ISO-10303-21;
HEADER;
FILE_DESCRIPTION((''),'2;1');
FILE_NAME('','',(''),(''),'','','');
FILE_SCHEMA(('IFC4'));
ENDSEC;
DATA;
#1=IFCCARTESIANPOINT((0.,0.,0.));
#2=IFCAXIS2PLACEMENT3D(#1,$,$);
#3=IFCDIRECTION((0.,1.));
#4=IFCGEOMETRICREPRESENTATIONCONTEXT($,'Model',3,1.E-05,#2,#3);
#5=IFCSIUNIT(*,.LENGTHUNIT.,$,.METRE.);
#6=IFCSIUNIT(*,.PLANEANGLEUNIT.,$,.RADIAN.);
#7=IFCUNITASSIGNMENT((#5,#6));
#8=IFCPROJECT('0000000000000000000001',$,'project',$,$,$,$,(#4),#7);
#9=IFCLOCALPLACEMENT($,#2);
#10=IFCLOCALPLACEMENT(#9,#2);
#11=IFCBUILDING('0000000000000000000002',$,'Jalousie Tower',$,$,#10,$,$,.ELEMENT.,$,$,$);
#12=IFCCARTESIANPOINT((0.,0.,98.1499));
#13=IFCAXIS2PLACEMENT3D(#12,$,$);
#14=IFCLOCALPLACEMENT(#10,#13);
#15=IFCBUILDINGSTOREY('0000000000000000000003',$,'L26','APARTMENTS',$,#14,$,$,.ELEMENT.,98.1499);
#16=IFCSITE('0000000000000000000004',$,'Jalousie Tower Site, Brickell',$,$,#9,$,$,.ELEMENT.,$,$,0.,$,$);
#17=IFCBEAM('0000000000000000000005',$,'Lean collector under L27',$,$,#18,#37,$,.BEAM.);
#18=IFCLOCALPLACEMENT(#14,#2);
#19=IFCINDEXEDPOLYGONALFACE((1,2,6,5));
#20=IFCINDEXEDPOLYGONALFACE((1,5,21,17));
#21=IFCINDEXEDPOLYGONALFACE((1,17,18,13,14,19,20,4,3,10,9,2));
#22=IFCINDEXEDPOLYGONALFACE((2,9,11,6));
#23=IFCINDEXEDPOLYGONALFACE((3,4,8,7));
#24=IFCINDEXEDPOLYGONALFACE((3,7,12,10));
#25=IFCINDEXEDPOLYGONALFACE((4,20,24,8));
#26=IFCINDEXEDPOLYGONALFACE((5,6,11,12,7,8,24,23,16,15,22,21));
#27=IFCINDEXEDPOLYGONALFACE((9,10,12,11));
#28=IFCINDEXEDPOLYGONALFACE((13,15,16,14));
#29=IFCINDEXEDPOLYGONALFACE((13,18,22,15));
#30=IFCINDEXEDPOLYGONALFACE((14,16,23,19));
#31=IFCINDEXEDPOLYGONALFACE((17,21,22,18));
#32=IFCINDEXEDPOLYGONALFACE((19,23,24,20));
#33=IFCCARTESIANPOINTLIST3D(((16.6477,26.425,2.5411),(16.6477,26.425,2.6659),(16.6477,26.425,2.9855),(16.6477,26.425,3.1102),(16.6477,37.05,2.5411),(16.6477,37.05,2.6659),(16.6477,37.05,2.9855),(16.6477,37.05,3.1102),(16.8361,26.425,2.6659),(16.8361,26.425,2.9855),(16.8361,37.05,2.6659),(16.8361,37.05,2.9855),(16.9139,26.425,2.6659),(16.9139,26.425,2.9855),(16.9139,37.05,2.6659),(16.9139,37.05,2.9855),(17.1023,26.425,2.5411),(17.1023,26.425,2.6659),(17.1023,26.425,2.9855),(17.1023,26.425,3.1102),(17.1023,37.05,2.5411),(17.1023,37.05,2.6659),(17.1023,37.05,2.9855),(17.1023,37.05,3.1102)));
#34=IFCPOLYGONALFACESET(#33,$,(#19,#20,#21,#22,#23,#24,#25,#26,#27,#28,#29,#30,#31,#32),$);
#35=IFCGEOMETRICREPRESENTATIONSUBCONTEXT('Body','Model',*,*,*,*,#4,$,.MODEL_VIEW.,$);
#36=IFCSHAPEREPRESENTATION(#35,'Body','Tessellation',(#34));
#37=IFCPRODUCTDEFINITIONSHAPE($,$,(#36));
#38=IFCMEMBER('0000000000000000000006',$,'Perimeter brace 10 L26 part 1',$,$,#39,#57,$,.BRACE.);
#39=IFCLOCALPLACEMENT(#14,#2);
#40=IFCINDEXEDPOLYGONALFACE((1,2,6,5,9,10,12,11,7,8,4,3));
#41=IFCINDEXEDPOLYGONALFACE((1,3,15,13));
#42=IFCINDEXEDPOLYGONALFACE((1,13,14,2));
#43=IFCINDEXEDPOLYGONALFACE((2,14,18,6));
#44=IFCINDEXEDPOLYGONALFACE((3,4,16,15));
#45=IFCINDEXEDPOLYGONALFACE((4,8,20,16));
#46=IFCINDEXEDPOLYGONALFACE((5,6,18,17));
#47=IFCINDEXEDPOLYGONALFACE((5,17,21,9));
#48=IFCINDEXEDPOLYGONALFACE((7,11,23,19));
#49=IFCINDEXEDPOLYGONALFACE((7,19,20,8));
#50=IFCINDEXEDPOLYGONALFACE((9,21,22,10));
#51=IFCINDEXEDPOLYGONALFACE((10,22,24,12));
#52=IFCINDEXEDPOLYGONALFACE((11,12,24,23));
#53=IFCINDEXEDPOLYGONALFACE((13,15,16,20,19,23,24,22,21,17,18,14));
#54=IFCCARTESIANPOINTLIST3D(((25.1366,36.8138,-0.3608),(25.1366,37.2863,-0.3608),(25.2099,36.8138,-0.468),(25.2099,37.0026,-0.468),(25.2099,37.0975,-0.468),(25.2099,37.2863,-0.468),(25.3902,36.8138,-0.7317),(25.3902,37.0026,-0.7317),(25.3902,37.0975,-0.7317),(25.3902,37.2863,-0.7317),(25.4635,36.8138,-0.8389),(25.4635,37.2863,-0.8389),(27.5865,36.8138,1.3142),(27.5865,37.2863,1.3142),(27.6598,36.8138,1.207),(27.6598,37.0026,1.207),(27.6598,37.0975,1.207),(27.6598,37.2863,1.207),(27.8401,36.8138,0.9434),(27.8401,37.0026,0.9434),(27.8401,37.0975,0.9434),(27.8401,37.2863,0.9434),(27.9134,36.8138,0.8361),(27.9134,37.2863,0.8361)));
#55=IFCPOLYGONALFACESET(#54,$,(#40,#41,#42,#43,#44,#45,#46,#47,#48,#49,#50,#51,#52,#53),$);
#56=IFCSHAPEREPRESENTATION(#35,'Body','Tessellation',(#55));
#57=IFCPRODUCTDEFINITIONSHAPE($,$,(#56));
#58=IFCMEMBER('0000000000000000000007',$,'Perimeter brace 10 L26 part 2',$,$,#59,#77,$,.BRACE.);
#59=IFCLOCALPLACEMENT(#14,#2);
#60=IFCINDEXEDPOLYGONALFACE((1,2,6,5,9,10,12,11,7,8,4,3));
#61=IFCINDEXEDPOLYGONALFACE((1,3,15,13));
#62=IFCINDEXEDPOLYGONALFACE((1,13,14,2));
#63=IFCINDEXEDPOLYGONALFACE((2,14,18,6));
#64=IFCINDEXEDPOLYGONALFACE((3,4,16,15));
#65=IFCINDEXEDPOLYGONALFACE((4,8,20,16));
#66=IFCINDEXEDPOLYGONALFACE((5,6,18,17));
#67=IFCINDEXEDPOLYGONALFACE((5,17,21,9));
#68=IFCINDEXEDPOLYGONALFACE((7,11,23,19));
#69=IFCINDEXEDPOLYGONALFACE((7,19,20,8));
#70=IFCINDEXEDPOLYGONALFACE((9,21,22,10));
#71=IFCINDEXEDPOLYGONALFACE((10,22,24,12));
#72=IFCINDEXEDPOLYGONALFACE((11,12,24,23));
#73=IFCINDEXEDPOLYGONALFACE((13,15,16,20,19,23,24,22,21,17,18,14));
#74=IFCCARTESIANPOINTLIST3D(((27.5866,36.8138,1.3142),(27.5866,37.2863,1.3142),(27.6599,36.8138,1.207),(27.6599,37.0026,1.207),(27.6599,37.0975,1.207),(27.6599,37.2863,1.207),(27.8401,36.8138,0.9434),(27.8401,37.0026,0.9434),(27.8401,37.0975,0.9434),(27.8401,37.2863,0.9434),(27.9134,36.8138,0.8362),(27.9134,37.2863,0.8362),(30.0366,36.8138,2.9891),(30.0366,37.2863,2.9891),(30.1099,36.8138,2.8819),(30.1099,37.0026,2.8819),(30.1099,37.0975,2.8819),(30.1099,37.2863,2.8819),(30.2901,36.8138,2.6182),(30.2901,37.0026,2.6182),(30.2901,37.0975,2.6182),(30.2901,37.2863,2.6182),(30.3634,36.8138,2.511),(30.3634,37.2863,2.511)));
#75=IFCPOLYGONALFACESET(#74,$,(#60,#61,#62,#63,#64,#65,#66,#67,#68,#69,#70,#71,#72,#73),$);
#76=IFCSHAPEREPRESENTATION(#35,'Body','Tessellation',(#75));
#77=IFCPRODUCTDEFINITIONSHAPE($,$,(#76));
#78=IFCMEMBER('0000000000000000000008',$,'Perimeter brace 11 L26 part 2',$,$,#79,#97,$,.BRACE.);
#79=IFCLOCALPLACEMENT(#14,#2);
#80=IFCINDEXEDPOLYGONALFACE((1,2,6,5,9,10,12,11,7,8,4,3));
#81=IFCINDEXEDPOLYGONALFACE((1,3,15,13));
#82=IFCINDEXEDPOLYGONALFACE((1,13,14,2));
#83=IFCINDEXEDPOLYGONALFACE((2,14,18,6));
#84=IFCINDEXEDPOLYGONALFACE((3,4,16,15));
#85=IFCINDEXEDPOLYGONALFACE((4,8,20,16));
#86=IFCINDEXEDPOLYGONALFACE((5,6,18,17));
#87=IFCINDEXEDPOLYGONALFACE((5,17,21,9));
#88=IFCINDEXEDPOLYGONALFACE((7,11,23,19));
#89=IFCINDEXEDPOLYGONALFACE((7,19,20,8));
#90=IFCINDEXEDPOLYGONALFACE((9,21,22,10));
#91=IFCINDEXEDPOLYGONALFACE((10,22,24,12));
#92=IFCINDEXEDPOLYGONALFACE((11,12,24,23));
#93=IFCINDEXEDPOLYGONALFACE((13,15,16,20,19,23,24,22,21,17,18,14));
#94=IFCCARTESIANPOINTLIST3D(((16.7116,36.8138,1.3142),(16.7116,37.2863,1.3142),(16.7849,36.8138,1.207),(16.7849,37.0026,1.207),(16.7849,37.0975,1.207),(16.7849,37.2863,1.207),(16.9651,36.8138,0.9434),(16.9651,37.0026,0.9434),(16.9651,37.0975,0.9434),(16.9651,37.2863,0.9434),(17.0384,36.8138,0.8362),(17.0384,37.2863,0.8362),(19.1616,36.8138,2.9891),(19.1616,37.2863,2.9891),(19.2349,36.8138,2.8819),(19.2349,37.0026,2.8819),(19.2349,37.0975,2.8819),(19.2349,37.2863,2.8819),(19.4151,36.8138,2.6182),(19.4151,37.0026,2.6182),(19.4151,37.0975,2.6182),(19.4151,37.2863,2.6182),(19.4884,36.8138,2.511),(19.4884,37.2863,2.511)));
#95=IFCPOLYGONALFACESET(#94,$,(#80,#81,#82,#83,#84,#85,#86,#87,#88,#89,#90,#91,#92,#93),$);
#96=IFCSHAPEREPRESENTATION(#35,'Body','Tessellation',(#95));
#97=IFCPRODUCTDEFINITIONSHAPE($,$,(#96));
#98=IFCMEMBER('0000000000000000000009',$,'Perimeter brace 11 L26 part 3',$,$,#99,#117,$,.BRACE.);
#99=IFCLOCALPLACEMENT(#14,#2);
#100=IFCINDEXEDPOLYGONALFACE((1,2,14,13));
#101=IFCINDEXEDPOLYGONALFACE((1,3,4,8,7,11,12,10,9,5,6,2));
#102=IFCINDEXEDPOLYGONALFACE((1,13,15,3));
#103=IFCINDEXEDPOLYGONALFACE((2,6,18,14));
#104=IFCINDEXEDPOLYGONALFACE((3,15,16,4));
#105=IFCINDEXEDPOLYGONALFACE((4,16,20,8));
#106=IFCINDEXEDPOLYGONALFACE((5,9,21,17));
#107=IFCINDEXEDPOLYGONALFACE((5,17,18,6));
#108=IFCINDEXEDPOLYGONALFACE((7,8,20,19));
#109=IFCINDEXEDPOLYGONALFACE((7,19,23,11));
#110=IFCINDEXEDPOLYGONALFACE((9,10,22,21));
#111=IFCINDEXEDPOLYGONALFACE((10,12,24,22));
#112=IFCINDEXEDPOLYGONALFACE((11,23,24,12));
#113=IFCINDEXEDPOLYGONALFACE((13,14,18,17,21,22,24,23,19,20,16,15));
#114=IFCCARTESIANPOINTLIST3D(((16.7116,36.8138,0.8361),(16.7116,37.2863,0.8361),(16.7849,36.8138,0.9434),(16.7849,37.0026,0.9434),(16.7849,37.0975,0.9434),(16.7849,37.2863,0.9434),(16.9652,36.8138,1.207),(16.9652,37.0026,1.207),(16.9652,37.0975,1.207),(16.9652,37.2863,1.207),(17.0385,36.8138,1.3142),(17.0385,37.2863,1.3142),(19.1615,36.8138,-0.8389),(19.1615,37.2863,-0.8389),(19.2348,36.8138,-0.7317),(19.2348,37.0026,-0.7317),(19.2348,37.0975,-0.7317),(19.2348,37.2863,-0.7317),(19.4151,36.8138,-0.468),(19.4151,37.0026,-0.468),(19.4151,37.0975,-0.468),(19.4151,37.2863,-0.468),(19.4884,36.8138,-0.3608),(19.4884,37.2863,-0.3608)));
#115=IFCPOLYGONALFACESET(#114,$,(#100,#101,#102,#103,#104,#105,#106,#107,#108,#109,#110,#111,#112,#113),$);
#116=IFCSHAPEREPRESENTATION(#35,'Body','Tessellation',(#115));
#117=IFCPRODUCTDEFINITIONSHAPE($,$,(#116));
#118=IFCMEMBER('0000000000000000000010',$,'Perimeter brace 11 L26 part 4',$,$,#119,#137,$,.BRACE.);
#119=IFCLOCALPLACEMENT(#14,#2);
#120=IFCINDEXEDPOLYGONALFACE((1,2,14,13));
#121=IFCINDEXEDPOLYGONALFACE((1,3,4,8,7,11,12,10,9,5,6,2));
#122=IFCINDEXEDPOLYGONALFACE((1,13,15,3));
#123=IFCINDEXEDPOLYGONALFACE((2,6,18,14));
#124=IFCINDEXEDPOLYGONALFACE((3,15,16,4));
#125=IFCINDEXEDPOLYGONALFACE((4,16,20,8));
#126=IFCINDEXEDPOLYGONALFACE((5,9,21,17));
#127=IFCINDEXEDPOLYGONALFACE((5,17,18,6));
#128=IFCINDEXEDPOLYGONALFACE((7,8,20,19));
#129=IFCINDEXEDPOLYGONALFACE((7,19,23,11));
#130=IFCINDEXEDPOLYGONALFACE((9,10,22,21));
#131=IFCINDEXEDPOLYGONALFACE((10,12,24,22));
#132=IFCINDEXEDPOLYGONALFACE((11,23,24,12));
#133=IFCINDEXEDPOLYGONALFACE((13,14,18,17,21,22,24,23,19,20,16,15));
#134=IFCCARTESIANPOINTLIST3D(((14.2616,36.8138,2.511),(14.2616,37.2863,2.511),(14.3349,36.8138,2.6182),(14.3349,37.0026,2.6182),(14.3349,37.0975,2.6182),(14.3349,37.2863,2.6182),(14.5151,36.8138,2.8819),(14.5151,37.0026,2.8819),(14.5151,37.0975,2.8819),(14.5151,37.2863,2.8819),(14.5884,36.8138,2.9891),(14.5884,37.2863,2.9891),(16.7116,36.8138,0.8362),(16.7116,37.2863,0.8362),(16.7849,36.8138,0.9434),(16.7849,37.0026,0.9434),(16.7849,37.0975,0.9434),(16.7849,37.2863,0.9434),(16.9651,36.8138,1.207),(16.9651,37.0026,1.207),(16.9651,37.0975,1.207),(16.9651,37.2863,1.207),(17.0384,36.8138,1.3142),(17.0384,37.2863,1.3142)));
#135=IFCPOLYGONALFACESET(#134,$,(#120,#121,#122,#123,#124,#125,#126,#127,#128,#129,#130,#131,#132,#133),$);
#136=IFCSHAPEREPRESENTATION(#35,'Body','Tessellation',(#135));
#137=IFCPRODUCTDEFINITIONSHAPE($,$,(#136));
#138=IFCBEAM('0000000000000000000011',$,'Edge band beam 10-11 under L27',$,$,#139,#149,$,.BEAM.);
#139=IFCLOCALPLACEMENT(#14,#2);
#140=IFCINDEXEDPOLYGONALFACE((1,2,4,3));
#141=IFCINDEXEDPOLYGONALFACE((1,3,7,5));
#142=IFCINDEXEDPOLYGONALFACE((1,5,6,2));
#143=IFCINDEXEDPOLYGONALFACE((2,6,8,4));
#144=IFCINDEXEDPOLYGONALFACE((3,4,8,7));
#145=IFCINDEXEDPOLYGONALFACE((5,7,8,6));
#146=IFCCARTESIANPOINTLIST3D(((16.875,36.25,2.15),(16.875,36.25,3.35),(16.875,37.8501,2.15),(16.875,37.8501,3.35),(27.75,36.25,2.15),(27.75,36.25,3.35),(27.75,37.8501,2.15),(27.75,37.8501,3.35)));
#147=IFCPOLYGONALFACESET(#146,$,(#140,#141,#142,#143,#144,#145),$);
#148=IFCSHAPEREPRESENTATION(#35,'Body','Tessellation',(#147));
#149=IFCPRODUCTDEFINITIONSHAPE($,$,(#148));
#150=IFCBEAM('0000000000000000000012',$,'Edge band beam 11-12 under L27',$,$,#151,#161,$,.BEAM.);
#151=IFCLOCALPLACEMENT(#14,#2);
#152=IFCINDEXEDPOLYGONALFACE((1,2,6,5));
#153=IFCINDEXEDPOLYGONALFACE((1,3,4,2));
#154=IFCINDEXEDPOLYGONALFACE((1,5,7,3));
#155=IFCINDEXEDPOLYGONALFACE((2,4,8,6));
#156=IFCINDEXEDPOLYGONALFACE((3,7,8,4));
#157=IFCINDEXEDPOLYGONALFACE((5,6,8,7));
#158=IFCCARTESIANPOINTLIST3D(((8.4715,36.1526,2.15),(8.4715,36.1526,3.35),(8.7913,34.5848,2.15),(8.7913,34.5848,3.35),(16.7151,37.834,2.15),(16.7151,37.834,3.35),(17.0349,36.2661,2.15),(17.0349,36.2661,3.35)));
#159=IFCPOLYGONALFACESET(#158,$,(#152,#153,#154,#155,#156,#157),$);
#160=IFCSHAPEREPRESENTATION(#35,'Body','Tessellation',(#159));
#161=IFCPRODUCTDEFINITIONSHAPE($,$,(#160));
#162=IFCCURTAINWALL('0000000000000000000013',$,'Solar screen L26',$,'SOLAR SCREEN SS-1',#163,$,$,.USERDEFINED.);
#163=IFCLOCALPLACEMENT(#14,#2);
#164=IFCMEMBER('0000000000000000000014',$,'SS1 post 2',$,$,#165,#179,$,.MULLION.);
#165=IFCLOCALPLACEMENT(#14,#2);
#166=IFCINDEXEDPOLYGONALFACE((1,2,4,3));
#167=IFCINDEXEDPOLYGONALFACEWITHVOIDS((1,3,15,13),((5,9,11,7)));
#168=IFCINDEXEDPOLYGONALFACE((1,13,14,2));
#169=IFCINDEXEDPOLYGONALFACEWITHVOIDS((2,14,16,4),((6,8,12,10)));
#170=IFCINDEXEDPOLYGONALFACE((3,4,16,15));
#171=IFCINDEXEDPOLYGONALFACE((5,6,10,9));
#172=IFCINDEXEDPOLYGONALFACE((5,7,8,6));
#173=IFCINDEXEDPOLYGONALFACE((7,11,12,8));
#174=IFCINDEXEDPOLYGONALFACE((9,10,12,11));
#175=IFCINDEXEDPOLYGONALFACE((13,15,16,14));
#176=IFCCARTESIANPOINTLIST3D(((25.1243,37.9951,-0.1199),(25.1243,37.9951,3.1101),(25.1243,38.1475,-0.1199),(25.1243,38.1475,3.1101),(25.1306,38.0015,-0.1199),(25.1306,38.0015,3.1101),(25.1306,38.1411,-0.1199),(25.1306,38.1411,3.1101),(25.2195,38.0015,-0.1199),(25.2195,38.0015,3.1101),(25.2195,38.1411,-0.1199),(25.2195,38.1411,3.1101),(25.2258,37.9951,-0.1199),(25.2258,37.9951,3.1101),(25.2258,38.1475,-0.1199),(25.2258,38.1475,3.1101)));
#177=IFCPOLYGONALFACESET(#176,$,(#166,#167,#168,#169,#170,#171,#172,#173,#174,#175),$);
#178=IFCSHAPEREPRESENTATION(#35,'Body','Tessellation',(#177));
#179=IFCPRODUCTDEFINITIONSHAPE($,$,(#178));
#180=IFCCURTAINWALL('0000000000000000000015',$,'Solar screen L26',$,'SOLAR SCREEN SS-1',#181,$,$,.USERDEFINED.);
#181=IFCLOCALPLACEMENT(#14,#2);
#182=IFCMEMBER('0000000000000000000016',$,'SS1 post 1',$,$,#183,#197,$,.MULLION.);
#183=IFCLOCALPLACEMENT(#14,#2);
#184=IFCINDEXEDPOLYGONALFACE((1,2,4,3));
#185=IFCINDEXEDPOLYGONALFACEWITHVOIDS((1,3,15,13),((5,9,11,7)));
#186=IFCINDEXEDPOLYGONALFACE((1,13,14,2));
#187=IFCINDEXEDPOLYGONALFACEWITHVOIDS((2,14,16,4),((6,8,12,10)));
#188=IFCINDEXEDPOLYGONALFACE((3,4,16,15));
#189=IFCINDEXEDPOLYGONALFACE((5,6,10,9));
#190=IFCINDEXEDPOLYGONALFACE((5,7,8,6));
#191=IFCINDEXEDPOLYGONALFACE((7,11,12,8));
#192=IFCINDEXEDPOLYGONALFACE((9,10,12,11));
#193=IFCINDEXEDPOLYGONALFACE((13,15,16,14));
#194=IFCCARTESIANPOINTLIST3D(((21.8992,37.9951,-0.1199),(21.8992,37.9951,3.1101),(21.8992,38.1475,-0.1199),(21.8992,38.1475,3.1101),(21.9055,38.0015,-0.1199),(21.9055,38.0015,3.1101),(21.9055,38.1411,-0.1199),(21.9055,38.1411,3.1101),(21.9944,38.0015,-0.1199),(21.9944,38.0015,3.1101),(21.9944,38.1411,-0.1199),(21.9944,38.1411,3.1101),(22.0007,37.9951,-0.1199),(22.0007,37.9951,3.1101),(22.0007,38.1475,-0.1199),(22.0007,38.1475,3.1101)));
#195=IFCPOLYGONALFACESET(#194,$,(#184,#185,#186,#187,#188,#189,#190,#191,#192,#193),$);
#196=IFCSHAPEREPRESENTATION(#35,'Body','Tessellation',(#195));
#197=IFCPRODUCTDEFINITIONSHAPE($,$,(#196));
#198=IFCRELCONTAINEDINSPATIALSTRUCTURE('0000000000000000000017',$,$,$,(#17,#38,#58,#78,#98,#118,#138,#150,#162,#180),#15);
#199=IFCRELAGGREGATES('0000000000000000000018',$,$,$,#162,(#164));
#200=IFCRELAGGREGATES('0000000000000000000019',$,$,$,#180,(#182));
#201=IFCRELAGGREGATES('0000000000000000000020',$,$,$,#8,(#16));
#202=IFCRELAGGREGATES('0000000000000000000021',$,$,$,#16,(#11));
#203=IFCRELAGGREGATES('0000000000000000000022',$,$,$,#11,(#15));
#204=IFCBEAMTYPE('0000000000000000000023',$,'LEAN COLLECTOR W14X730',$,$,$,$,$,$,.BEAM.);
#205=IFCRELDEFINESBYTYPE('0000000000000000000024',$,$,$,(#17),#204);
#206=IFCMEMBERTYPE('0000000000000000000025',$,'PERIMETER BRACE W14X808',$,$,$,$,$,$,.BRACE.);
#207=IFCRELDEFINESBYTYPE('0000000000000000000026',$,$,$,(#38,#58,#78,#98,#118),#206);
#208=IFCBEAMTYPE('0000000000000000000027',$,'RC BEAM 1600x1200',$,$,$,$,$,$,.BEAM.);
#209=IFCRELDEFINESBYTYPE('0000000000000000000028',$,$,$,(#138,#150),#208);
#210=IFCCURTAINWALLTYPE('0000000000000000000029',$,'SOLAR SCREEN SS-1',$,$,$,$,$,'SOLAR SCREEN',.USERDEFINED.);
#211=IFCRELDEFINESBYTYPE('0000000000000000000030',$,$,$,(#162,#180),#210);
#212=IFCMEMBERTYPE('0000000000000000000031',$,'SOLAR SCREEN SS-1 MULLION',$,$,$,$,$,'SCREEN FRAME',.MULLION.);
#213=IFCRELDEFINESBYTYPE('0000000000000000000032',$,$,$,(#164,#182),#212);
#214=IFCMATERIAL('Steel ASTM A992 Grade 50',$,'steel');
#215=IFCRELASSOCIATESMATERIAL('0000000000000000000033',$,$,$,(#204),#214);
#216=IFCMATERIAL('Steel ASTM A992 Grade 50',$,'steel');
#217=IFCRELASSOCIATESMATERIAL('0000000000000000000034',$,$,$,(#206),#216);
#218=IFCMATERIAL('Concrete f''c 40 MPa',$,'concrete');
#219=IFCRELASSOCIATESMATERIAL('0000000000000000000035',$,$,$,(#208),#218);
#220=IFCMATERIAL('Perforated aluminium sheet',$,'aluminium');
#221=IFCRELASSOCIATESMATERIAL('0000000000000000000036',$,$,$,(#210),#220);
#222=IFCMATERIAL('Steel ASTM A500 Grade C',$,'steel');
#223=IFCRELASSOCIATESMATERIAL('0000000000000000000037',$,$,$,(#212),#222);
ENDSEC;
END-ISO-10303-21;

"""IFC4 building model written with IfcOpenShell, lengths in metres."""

from ifc_helpers import new_model, si_unit, direction, frame, origin, origin_2d, place, context, subcontext, project, spatial, rectangle, hollow_rectangle, i_section, extrude, material, material_profile, profile_set, type_object, element, aggregate, save


model = new_model("IFC4")

# Units and contexts
model_context = context("Model", 3, precision=1e-05, world=origin(), true_north=direction((0.0, 1.0)))
body_context = subcontext(model_context, "Body", "Model", "MODEL_VIEW")
ifc_project = project(units=[si_unit("LENGTHUNIT", "METRE"), si_unit("PLANEANGLEUNIT", "RADIAN")], contexts=[model_context])

# Site, building, storey
site_placement = place(None, origin())
site = spatial("IfcSite", under=ifc_project, at=site_placement, Name="Jalousie Tower Site, Brickell", CompositionType="ELEMENT", RefElevation=0.0)
building_placement = place(site_placement, origin())
building = spatial("IfcBuilding", under=site, at=building_placement, Name="Jalousie Tower", CompositionType="ELEMENT")
storey_placement = place(building_placement, frame((0.0, 0.0, 98.1499)))
storey = spatial("IfcBuildingStorey", under=building, at=storey_placement, Name="L26", Description="APARTMENTS", CompositionType="ELEMENT", Elevation=98.1499)

# Beam
ifc_material_1 = material(Name="Steel ASTM A992 Grade 50", Category="steel")
ifc_material_profile_1 = material_profile(ifc_material_1, i_section(OverallWidth=0.4546, OverallDepth=0.5691, WebThickness=0.0779, FlangeThickness=0.1248, at=origin_2d()), Name="W14X730")
ifc_profile_set_1 = profile_set([ifc_material_profile_1], Name="Steel ASTM A992 Grade 50")
beam_type_1 = type_object("IfcBeamType", Name="LEAN COLLECTOR W14X730", PredefinedType="BEAM", material=ifc_profile_set_1)
beam_1_placement = place(storey_placement, frame((16.875, 37.05, 2.8257), z_axis=(0.0, -1.0, 0.0), x_axis=(1.0, 0.0, 0.0)))
element("IfcBeam", 1, at=beam_1_placement, inside=storey, type_object=beam_type_1, Name="Lean collector under L27", PredefinedType="BEAM", context=body_context, shape_type="SweptSolid", body=[
    extrude(i_section(OverallWidth=0.4546, OverallDepth=0.5691, WebThickness=0.0779, FlangeThickness=0.1248, at=origin_2d()), origin(), (0.0, 0.0, 1.0), 10.625),
])

# Members
ifc_material_2 = material(Name="Steel ASTM A992 Grade 50", Category="steel")
ifc_material_profile_2 = material_profile(ifc_material_2, i_section(OverallWidth=0.4724, OverallDepth=0.5791, WebThickness=0.095, FlangeThickness=0.1299, at=origin_2d()), Name="W14X808")
ifc_profile_set_2 = profile_set([ifc_material_profile_2], Name="Steel ASTM A992 Grade 50")
member_type_1 = type_object("IfcMemberType", Name="PERIMETER BRACE W14X808", PredefinedType="BRACE", material=ifc_profile_set_2)
for number, where, z_axis, x_axis, name in (
    (2, (25.3, 37.05, -0.5999), (0.825501, 0.0, 0.564401), (0.0, 1.0, 0.0), "Perimeter brace 10 L26 part 1"),
    (3, (27.75, 37.05, 1.0752), (0.825539, 0.0, 0.564345), (0.0, 1.0, 0.0), "Perimeter brace 10 L26 part 2"),
    (4, (16.875, 37.05, 1.0752), (0.825539, 0.0, 0.564345), (0.0, 1.0, 0.0), "Perimeter brace 11 L26 part 2"),
    (5, (19.325, 37.05, -0.5999), (-0.825501, 0.0, 0.564401), (0.0, -1.0, 0.0), "Perimeter brace 11 L26 part 3"),
    (6, (16.875, 37.05, 1.0752), (-0.825539, 0.0, 0.564345), (0.0, -1.0, 0.0), "Perimeter brace 11 L26 part 4"),
):
    element("IfcMember", number, at=place(storey_placement, frame(where, z_axis=z_axis, x_axis=x_axis)), inside=storey, type_object=member_type_1, Name=name, PredefinedType="BRACE", context=body_context, shape_type="SweptSolid", body=[
        extrude(i_section(OverallWidth=0.4724, OverallDepth=0.5791, WebThickness=0.095, FlangeThickness=0.1299, at=origin_2d()), origin(), (0.0, 0.0, 1.0), 2.9678),
    ])

# Beams
ifc_material_3 = material(Name="Concrete f'c 40 MPa", Category="concrete")
ifc_material_profile_3 = material_profile(ifc_material_3, rectangle(XDim=1.6001, YDim=1.2, at=origin_2d()), Name="RC 1600x1200")
ifc_profile_set_3 = profile_set([ifc_material_profile_3], Name="Concrete f'c 40 MPa")
beam_type_2 = type_object("IfcBeamType", Name="RC BEAM 1600x1200", PredefinedType="BEAM", material=ifc_profile_set_3)
beam_2_placement = place(storey_placement, frame((27.75, 37.05, 2.75), z_axis=(-1.0, 0.0, 0.0), x_axis=(0.0, -1.0, 0.0)))
element("IfcBeam", 7, at=beam_2_placement, inside=storey, type_object=beam_type_2, Name="Edge band beam 10-11 under L27", PredefinedType="BEAM", context=body_context, shape_type="SweptSolid", body=[
    extrude(rectangle(XDim=1.6001, YDim=1.2, at=origin_2d()), origin(), (0.0, 0.0, 1.0), 10.875),
])
beam_3_placement = place(storey_placement, frame((16.875, 37.05, 2.75), z_axis=(-0.979827, -0.199848, 0.0), x_axis=(0.199848, -0.979827, 0.0)))
element("IfcBeam", 8, at=beam_3_placement, inside=storey, type_object=beam_type_2, Name="Edge band beam 11-12 under L27", PredefinedType="BEAM", context=body_context, shape_type="SweptSolid", body=[
    extrude(rectangle(XDim=1.6001, YDim=1.2, at=origin_2d()), origin(), (0.0, 0.0, 1.0), 8.4133),
])

# Curtain wall, member
ifc_material_4 = material(Name="Perforated aluminium sheet", Category="aluminium")
curtain_wall_type = type_object("IfcCurtainWallType", Name="SOLAR SCREEN SS-1", ElementType="SOLAR SCREEN", PredefinedType="USERDEFINED", material=ifc_material_4)
curtain_wall_1_placement = place(storey_placement, origin())
curtain_wall_1 = element("IfcCurtainWall", 9, at=curtain_wall_1_placement, inside=storey, type_object=curtain_wall_type, Name="Solar screen L26", ObjectType="SOLAR SCREEN SS-1", PredefinedType="USERDEFINED")
ifc_material_5 = material(Name="Steel ASTM A500 Grade C", Category="steel")
ifc_material_profile_4 = material_profile(ifc_material_5, hollow_rectangle(XDim=0.1016, YDim=0.1523, WallThickness=0.0063, at=origin_2d()), Name="HSS6X4X1/4")
ifc_profile_set_4 = profile_set([ifc_material_profile_4], Name="Steel ASTM A500 Grade C")
member_type_2 = type_object("IfcMemberType", Name="SOLAR SCREEN SS-1 MULLION", ElementType="SCREEN FRAME", PredefinedType="MULLION", material=ifc_profile_set_4)
member_1_placement = place(storey_placement, frame((25.175, 38.0713, -0.1199), z_axis=(0.0, 0.0, 1.0), x_axis=(-1.0, 0.0, 0.0)))
member_1 = element("IfcMember", 10, at=member_1_placement, type_object=member_type_2, Name="SS1 post 2", PredefinedType="MULLION", context=body_context, shape_type="SweptSolid", body=[
    extrude(hollow_rectangle(XDim=0.1016, YDim=0.1523, WallThickness=0.0063, at=origin_2d()), origin(), (0.0, 0.0, 1.0), 3.23),
])
aggregate(curtain_wall_1, [member_1])

# Curtain wall, member
curtain_wall_2_placement = place(storey_placement, origin())
curtain_wall_2 = element("IfcCurtainWall", 11, at=curtain_wall_2_placement, inside=storey, type_object=curtain_wall_type, Name="Solar screen L26", ObjectType="SOLAR SCREEN SS-1", PredefinedType="USERDEFINED")
member_2_placement = place(storey_placement, frame((21.95, 38.0713, -0.1199), z_axis=(0.0, 0.0, 1.0), x_axis=(-1.0, 0.0, 0.0)))
member_2 = element("IfcMember", 12, at=member_2_placement, type_object=member_type_2, Name="SS1 post 1", PredefinedType="MULLION", context=body_context, shape_type="SweptSolid", body=[
    extrude(hollow_rectangle(XDim=0.1016, YDim=0.1523, WallThickness=0.0063, at=origin_2d()), origin(), (0.0, 0.0, 1.0), 3.23),
])

aggregate(curtain_wall_2, [member_2])

save(model, "model.ifc")
